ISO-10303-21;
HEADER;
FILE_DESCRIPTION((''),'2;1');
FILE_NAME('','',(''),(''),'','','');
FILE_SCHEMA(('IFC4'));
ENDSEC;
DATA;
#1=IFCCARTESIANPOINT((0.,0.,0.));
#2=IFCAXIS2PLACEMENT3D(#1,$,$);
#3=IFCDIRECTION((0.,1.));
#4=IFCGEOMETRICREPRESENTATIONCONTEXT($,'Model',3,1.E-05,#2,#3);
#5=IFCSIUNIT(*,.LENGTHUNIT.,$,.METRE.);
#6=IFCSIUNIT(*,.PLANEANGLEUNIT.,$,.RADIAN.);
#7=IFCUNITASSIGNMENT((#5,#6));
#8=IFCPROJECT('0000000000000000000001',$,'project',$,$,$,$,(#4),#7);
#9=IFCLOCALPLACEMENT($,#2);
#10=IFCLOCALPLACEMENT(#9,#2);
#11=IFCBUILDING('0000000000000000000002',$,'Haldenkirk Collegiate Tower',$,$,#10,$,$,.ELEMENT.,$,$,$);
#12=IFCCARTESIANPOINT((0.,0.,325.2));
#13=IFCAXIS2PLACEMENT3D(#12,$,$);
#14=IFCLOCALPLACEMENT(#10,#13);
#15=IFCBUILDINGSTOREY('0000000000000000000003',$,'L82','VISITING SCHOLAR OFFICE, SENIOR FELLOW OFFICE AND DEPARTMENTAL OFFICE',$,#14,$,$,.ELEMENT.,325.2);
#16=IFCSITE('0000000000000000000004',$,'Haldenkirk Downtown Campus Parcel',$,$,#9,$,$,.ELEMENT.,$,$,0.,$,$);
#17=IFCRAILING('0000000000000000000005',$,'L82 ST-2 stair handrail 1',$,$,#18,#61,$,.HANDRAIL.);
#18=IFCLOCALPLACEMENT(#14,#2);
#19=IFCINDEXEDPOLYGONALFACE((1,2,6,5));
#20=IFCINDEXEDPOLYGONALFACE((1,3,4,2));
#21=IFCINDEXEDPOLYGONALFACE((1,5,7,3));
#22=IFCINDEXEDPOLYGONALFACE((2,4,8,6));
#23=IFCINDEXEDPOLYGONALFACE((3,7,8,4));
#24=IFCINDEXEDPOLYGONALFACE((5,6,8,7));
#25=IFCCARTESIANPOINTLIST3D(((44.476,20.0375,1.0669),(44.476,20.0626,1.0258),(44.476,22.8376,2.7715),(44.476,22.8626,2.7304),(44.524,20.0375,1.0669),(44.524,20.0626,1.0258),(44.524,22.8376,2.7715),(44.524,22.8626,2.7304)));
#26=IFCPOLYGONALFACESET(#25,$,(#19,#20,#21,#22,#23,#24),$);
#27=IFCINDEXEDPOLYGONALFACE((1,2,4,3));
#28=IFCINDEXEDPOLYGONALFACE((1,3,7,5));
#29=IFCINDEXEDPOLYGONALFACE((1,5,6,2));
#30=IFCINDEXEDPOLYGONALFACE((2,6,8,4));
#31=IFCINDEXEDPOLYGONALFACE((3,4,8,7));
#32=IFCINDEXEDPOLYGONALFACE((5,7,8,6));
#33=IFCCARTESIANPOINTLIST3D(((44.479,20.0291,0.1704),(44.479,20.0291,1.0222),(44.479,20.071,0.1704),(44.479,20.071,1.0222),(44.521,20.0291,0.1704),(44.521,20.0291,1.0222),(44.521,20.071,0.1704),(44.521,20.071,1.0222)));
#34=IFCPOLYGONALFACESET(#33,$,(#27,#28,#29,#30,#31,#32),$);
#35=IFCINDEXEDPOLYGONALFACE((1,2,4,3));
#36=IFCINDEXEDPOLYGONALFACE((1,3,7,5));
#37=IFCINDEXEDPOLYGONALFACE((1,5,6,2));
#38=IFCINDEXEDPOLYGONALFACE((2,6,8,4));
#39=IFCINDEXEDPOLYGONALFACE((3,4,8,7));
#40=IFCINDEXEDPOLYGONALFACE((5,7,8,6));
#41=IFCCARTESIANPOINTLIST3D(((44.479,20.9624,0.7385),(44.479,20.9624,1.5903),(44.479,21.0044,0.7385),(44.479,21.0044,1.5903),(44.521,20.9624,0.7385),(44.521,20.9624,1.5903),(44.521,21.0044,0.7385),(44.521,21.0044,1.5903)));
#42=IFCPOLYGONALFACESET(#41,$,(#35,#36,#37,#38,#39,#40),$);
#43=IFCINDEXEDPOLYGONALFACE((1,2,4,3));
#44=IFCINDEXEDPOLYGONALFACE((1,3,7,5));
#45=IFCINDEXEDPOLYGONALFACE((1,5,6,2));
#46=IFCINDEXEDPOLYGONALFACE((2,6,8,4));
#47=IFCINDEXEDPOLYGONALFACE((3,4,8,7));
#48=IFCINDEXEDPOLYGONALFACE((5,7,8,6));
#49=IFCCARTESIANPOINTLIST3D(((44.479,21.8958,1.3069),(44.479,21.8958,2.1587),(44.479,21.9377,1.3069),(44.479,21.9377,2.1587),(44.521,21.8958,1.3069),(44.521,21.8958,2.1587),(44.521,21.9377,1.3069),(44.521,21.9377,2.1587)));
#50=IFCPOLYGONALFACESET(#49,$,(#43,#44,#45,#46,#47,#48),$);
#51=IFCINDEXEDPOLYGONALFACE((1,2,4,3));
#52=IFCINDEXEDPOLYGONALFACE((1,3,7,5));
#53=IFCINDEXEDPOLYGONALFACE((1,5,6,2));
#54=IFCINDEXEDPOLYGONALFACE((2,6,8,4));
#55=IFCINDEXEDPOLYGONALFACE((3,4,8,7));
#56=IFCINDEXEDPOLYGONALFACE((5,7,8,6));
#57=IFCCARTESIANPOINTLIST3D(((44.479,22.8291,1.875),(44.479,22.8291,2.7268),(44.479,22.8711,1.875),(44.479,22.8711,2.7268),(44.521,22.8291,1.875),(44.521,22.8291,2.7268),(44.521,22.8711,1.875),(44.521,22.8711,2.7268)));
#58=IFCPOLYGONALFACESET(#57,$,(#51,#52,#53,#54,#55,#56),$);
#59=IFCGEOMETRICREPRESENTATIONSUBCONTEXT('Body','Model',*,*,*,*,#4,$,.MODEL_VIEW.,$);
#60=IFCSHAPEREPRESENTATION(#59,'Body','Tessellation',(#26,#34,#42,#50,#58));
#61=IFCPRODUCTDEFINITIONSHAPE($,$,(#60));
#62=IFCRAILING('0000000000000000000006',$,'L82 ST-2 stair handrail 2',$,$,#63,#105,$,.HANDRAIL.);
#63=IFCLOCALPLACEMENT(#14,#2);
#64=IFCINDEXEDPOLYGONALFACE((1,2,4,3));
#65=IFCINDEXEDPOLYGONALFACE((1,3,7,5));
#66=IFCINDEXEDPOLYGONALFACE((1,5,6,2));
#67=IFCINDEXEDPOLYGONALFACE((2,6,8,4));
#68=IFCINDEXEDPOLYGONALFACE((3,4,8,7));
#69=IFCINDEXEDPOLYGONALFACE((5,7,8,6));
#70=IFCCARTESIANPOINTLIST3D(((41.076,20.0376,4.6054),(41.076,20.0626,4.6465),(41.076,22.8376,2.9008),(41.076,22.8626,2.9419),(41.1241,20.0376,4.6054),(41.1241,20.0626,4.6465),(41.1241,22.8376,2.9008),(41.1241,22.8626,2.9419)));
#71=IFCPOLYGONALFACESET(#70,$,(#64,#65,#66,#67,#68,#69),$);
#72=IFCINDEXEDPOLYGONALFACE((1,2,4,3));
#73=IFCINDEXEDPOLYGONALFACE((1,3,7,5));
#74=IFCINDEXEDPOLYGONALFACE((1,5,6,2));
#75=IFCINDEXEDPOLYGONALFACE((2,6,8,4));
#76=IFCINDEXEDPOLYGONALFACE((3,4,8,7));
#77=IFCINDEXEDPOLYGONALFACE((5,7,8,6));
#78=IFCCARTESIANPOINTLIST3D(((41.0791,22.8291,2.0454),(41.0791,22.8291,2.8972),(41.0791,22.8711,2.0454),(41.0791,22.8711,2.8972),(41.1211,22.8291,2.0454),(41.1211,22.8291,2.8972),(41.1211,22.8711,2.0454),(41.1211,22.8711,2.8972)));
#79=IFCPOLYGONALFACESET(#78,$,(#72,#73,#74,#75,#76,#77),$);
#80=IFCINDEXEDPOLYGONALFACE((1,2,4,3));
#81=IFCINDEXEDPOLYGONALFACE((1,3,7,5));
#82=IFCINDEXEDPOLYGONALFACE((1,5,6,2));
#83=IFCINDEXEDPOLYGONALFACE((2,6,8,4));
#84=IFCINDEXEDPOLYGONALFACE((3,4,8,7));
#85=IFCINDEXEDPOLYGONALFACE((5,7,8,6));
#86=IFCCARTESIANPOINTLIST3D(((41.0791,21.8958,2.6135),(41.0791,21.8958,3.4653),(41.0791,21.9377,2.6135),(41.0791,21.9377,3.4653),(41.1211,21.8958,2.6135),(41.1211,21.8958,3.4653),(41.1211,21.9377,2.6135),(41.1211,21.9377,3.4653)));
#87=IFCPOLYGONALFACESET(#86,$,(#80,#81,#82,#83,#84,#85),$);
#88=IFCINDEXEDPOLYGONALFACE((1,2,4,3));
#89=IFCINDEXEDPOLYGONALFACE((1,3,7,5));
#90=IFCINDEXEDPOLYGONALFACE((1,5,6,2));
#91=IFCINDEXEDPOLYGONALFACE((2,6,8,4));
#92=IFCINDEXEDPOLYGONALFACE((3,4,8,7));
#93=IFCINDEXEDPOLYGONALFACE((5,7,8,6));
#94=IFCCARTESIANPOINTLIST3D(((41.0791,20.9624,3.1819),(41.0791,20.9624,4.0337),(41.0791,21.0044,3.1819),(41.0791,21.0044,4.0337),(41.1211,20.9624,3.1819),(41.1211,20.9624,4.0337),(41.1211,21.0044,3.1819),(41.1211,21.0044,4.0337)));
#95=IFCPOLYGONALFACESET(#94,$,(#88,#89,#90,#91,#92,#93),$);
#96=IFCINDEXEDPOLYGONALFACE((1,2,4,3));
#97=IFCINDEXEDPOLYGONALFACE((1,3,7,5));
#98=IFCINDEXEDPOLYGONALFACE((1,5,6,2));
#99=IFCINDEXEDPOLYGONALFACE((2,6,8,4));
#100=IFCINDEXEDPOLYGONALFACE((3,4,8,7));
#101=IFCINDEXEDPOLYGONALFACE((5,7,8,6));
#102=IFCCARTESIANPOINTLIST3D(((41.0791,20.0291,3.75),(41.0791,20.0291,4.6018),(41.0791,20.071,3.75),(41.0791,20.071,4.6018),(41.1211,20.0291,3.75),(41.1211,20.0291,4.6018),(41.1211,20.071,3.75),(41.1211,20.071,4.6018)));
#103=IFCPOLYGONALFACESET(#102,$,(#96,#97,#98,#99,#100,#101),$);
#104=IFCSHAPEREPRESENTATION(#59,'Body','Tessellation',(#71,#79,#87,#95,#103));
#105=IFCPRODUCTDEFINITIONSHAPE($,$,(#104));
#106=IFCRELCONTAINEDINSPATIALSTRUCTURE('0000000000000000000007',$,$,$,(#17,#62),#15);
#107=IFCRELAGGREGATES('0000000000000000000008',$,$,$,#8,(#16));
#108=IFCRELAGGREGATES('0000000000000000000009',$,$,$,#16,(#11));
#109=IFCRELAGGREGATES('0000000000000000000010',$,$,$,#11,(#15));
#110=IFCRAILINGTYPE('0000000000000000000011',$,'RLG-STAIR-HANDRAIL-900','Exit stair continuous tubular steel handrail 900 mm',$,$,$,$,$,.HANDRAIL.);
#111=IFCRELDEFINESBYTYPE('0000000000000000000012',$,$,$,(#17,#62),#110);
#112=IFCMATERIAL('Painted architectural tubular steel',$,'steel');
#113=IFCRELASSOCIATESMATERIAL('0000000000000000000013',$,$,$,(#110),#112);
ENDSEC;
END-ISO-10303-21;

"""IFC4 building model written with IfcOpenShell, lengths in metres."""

from ifc_helpers import new_model, si_unit, direction, frame, origin, origin_2d, place, context, subcontext, project, spatial, rectangle, extrude, material, type_object, element, save


model = new_model("IFC4")

# Units and contexts
model_context = context("Model", 3, precision=1e-05, world=origin(), true_north=direction((0.0, 1.0)))
body_context = subcontext(model_context, "Body", "Model", "MODEL_VIEW")
ifc_project = project(units=[si_unit("LENGTHUNIT", "METRE"), si_unit("PLANEANGLEUNIT", "RADIAN")], contexts=[model_context])

# Site, building, storey
site_placement = place(None, origin())
site = spatial("IfcSite", under=ifc_project, at=site_placement, Name="Haldenkirk Downtown Campus Parcel", CompositionType="ELEMENT", RefElevation=0.0)
building_placement = place(site_placement, origin())
building = spatial("IfcBuilding", under=site, at=building_placement, Name="Haldenkirk Collegiate Tower", CompositionType="ELEMENT")
storey_placement = place(building_placement, frame((0.0, 0.0, 325.2)))
storey = spatial("IfcBuildingStorey", under=building, at=storey_placement, Name="L82", Description="VISITING SCHOLAR OFFICE, SENIOR FELLOW OFFICE AND DEPARTMENTAL OFFICE", CompositionType="ELEMENT", Elevation=325.2)

# Railings
ifc_material_1 = material(Name="Painted architectural tubular steel", Category="steel")
railing_type_1 = type_object("IfcRailingType", Name="RLG-STAIR-HANDRAIL-900", Description="Exit stair continuous tubular steel handrail 900 mm", PredefinedType="HANDRAIL", material=ifc_material_1)
railing_1_placement = place(storey_placement, frame((44.5, 20.05, 0.1704)))
element("IfcRailing", 1, at=railing_1_placement, inside=storey, type_object=railing_type_1, Name="L82 ST-2 stair handrail 1", PredefinedType="HANDRAIL", context=body_context, shape_type="SweptSolid", body=[
    extrude(rectangle(XDim=0.0481, YDim=0.0481, at=origin_2d()), frame((0.0, 0.0, 0.876), z_axis=(0.0, 0.85417, 0.519994), x_axis=(-1.0, 0.0, 0.0)), (0.0, 0.0, 1.0), 3.2781),
    extrude(rectangle(XDim=0.042, YDim=0.042, at=origin_2d()), origin(), (0.0, 0.0, 1.0), 0.8518),
    extrude(rectangle(XDim=0.042, YDim=0.042, at=origin_2d()), frame((0.0, 0.9333, 0.5681)), (0.0, 0.0, 1.0), 0.8518),
    extrude(rectangle(XDim=0.042, YDim=0.042, at=origin_2d()), frame((0.0, 1.8667, 1.1365)), (0.0, 0.0, 1.0), 0.8518),
    extrude(rectangle(XDim=0.042, YDim=0.042, at=origin_2d()), frame((0.0, 2.8, 1.7046)), (0.0, 0.0, 1.0), 0.8518),
])
railing_2_placement = place(storey_placement, frame((41.1001, 22.8501, 2.0454)))
element("IfcRailing", 2, at=railing_2_placement, inside=storey, type_object=railing_type_1, Name="L82 ST-2 stair handrail 2", PredefinedType="HANDRAIL", context=body_context, shape_type="SweptSolid", body=[
    extrude(rectangle(XDim=0.0481, YDim=0.0481, at=origin_2d()), frame((0.0, 0.0, 0.876), z_axis=(0.0, -0.85417, 0.519994), x_axis=(1.0, 0.0, 0.0)), (0.0, 0.0, 1.0), 3.2781),
    extrude(rectangle(XDim=0.042, YDim=0.042, at=origin_2d()), origin(), (0.0, 0.0, 1.0), 0.8518),
    extrude(rectangle(XDim=0.042, YDim=0.042, at=origin_2d()), frame((0.0, -0.9333, 0.5681)), (0.0, 0.0, 1.0), 0.8518),
    extrude(rectangle(XDim=0.042, YDim=0.042, at=origin_2d()), frame((0.0, -1.8667, 1.1365)), (0.0, 0.0, 1.0), 0.8518),
    extrude(rectangle(XDim=0.042, YDim=0.042, at=origin_2d()), frame((0.0, -2.8, 1.7046)), (0.0, 0.0, 1.0), 0.8518),
])

save(model, "model.ifc")
